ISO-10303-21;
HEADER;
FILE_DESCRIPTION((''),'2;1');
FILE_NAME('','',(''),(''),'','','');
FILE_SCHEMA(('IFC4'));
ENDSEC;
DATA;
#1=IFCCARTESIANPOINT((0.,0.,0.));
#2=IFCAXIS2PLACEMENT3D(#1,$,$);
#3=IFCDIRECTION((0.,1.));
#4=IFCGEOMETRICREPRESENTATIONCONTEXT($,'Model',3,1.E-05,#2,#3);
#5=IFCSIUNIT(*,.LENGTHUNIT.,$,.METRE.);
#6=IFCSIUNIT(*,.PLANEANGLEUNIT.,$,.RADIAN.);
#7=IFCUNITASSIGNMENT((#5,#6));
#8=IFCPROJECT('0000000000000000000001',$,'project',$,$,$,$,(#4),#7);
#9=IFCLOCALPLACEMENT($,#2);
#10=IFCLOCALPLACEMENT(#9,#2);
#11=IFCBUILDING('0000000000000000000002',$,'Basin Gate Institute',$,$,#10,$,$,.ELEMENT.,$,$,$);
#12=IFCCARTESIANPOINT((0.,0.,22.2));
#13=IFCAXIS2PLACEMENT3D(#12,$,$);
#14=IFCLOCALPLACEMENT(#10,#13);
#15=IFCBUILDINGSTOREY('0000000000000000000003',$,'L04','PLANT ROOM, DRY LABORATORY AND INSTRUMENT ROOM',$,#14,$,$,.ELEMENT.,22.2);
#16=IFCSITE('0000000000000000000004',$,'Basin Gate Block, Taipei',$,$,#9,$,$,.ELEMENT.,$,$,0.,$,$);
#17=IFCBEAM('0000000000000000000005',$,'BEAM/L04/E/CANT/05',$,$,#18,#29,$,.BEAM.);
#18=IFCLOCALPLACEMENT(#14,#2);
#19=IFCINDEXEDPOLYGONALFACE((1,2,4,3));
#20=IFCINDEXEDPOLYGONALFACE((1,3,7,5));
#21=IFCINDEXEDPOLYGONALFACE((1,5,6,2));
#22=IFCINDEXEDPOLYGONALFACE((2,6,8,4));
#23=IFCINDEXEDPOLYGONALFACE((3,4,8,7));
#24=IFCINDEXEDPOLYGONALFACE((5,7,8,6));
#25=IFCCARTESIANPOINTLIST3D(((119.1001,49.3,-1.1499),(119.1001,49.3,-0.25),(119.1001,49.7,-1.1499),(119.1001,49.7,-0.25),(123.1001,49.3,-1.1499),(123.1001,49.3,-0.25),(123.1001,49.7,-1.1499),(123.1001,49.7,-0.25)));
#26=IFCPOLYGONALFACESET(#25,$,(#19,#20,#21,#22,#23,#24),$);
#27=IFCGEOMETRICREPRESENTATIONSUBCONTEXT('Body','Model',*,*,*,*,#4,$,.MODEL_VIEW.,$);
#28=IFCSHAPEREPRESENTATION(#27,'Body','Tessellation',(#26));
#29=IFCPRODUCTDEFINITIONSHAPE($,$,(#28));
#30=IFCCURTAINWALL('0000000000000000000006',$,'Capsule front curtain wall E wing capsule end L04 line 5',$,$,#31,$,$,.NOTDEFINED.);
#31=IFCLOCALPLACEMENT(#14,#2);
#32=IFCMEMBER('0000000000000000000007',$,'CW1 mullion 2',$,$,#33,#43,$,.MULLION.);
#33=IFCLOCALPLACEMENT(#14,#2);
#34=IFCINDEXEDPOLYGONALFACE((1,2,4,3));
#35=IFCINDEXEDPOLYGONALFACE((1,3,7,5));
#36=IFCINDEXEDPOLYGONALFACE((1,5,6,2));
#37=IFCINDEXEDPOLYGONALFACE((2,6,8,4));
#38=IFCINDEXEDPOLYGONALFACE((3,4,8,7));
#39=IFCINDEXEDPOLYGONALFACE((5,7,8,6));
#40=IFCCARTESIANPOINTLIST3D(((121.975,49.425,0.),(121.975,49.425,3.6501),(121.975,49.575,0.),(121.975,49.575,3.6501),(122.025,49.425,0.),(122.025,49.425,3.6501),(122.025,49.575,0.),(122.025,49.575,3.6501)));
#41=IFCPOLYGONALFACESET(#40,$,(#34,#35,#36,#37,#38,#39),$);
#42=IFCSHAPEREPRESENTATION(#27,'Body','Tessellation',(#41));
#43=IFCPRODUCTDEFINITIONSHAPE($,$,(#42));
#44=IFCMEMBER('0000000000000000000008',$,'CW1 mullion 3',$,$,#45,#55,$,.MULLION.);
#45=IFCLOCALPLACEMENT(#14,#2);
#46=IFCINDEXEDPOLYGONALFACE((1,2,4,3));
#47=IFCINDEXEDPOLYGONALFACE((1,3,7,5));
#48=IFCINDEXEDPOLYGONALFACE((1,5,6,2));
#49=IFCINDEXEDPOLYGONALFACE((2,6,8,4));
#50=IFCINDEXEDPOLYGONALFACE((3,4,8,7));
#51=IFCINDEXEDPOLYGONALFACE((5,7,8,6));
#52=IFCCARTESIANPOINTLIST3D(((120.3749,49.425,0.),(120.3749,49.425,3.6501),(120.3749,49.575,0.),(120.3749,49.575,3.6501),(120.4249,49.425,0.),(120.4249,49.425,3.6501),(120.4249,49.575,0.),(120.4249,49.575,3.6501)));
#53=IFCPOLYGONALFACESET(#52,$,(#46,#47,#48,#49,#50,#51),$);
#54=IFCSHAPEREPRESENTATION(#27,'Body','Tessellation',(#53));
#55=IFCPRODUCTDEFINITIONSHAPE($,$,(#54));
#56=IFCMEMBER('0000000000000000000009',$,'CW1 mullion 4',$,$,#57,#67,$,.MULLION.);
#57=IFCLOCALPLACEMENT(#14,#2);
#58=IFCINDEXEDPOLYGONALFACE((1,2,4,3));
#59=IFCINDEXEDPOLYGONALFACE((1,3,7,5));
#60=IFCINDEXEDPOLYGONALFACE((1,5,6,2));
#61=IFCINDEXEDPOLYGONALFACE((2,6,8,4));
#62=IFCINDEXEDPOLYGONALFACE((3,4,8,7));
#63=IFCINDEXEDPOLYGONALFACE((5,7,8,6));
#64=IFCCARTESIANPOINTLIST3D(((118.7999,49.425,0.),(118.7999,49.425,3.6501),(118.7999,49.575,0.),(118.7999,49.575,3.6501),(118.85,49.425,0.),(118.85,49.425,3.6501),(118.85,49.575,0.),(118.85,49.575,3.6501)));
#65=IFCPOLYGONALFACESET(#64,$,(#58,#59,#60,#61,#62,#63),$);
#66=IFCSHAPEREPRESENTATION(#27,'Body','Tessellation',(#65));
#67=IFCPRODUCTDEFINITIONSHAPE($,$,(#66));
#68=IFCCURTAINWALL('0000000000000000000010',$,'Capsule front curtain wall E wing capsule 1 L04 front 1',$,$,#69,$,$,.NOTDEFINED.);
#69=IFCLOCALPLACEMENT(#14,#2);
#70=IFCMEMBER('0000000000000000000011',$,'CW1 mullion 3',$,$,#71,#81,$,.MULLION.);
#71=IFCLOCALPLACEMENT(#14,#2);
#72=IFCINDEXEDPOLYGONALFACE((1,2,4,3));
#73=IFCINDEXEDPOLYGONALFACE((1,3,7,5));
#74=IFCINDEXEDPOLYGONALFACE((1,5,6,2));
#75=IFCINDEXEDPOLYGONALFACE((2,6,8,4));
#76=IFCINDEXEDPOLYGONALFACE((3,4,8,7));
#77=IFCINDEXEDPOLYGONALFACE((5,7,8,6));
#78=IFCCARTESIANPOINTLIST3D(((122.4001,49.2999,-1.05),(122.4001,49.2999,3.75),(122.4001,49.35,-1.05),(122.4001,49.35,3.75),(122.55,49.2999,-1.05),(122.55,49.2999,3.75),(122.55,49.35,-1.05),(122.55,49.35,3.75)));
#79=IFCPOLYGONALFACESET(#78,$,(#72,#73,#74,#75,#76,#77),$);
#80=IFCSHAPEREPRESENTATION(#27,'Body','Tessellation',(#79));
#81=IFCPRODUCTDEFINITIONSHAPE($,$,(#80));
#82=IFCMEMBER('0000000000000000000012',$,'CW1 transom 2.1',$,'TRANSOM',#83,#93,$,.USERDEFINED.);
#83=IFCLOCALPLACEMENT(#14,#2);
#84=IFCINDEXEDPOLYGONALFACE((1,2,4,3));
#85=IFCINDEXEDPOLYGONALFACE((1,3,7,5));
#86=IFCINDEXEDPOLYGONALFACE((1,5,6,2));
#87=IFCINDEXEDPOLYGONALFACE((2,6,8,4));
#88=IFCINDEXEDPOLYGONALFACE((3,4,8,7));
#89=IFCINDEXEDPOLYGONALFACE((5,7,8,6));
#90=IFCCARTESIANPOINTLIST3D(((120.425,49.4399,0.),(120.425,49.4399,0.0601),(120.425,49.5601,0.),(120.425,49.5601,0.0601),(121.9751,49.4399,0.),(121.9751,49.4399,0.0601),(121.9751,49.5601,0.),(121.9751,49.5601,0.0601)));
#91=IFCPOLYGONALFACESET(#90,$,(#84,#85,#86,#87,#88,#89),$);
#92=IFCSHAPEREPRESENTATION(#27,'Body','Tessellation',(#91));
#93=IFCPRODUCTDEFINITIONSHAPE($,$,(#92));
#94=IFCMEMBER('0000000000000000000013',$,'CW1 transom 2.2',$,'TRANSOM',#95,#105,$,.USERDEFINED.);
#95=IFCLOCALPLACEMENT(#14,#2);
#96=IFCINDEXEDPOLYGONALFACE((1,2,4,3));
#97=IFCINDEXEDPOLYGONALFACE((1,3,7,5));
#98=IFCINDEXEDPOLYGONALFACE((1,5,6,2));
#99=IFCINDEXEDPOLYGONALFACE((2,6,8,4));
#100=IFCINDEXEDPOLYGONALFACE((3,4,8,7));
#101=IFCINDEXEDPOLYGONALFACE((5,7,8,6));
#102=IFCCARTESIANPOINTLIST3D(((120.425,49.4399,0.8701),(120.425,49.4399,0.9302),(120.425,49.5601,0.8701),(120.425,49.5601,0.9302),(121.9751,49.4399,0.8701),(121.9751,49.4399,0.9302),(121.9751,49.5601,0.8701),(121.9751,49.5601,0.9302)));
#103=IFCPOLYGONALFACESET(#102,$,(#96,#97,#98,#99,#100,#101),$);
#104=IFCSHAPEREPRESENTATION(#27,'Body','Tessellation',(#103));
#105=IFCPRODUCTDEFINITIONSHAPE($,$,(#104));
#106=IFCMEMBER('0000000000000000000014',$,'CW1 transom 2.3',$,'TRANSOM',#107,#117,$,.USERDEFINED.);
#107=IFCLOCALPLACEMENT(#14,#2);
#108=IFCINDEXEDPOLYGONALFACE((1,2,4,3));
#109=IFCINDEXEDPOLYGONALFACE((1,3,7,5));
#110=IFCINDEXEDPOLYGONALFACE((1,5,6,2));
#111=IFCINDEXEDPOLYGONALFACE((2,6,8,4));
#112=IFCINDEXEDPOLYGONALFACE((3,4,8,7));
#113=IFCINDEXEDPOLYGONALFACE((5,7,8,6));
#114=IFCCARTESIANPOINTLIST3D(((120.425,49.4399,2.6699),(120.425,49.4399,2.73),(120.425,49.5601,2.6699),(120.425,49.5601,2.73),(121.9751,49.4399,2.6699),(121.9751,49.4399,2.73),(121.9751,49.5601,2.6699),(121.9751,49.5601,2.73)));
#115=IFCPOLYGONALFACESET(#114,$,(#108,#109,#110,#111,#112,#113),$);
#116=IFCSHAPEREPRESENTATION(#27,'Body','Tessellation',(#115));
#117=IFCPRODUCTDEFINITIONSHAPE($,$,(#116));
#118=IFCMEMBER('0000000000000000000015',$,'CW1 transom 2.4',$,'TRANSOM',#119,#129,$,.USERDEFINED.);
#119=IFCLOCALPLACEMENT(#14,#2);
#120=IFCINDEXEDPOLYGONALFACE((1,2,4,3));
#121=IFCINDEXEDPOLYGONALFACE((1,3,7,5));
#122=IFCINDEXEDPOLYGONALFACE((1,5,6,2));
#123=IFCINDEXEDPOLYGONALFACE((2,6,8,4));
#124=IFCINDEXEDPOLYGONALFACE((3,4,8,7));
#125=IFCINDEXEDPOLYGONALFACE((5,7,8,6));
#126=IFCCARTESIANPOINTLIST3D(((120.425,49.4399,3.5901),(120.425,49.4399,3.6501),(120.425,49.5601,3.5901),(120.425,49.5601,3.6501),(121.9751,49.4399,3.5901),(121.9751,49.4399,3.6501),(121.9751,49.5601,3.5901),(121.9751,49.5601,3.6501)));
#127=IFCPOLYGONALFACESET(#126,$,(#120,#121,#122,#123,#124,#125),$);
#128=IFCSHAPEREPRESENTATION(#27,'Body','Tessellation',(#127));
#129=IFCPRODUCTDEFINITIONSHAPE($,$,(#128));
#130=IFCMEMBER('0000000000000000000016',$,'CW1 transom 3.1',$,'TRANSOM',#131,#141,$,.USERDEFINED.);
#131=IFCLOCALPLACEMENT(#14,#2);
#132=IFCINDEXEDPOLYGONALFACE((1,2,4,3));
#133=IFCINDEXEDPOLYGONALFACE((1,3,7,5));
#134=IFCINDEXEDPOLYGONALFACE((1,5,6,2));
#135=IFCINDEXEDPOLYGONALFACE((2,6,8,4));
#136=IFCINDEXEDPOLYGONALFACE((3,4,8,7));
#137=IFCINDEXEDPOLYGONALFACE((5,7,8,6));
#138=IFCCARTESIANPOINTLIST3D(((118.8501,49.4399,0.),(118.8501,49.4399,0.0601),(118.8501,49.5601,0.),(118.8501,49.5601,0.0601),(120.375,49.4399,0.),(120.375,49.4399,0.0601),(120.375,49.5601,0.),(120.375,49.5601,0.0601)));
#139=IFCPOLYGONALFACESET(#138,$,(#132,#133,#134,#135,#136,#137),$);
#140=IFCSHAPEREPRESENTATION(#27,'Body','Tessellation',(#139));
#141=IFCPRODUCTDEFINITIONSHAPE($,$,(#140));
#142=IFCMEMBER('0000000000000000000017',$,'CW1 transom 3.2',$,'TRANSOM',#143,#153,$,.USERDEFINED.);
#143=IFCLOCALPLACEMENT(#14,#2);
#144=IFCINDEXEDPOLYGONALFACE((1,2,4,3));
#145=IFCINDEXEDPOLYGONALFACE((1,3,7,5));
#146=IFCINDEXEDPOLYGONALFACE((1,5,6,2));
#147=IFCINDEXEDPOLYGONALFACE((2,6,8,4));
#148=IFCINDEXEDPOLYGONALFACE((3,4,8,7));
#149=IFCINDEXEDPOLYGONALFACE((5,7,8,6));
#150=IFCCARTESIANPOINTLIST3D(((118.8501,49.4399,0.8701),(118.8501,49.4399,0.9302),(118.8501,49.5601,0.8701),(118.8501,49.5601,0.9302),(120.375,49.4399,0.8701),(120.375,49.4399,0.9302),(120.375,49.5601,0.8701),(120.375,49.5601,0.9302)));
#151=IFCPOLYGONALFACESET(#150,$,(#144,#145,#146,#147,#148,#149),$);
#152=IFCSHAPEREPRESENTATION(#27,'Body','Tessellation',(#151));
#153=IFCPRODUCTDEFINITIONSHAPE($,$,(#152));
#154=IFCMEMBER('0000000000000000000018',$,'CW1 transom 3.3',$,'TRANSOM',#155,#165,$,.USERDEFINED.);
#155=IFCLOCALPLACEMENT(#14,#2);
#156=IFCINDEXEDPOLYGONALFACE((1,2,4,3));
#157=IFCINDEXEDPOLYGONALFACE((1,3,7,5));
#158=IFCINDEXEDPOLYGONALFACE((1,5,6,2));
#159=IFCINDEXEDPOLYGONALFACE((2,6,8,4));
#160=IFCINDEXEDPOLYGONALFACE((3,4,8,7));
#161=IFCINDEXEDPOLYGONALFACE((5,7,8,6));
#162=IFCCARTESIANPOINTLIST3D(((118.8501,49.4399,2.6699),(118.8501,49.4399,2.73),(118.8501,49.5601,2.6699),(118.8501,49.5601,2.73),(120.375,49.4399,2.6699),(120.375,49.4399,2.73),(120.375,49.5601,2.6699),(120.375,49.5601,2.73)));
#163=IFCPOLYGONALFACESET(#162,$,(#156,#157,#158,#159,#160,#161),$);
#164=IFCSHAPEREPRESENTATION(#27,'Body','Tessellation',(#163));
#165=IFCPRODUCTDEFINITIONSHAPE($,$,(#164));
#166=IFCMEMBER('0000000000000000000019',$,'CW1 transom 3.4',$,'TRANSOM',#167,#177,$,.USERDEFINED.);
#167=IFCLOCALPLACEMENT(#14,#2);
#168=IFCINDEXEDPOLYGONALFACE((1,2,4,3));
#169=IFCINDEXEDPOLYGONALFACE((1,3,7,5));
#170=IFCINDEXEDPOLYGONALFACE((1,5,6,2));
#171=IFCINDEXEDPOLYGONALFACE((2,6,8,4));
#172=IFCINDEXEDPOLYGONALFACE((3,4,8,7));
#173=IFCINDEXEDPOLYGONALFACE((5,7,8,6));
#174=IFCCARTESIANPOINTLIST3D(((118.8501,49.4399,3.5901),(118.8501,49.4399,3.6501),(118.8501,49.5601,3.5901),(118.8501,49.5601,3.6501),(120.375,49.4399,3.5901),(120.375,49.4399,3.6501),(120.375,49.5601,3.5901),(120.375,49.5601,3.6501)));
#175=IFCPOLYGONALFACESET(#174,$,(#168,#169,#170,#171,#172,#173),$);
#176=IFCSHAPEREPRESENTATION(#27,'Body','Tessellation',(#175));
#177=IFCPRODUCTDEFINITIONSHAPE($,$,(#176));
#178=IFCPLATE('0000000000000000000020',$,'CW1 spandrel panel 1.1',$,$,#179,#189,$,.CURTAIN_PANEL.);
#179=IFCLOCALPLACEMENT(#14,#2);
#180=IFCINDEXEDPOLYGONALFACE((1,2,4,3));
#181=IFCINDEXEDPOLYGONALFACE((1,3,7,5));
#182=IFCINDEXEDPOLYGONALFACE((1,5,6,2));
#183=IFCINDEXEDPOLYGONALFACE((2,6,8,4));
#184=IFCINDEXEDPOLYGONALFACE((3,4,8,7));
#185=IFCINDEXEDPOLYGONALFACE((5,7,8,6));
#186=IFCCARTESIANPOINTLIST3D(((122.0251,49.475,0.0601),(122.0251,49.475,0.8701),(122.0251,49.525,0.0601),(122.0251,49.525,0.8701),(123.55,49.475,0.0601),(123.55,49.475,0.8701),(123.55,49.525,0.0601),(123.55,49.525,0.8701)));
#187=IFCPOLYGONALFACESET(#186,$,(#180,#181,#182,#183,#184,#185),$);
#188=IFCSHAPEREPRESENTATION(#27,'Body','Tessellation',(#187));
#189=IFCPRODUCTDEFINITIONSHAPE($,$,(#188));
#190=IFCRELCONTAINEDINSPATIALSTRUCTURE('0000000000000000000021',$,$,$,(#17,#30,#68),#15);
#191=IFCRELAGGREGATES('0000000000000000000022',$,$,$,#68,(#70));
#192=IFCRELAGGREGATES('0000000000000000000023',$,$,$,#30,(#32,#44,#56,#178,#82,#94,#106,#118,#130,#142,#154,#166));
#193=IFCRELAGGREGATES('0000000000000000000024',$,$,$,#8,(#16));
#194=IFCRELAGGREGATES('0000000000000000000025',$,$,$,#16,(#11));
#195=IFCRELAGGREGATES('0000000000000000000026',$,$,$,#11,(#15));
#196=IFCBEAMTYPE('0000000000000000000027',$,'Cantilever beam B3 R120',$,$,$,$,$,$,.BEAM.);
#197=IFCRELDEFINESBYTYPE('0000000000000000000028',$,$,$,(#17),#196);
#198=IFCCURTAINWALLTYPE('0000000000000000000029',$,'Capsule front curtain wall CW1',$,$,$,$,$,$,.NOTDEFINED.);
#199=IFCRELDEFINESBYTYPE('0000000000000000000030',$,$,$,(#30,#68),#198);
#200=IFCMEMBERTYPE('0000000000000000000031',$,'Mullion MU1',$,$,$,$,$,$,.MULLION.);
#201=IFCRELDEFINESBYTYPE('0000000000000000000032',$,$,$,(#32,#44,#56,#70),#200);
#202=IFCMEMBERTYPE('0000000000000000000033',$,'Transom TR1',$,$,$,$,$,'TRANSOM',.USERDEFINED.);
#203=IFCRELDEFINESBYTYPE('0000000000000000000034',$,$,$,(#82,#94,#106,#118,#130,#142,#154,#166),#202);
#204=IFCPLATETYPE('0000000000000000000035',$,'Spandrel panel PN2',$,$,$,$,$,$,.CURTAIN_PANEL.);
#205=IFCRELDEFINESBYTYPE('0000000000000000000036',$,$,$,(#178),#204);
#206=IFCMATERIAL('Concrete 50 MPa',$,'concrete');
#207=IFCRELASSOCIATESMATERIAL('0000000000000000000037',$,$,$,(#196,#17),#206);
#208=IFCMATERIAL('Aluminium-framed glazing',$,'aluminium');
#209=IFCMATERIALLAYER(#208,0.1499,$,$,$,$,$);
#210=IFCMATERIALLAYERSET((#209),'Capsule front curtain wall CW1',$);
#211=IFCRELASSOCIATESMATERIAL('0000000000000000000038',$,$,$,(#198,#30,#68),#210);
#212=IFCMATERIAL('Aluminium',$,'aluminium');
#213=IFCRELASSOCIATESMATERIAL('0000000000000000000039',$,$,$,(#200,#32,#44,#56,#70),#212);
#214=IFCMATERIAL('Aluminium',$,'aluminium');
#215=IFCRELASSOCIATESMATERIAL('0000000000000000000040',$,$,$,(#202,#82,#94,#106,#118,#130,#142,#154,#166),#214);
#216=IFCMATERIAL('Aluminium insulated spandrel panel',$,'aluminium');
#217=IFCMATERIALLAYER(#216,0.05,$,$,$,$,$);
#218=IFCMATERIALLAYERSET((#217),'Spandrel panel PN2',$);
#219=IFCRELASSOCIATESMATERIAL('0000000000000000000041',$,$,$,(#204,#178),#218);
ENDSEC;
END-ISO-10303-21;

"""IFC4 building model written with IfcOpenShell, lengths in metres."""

from ifc_helpers import new_model, si_unit, direction, frame, origin, origin_2d, place, context, subcontext, project, spatial, rectangle, extrude, material, layer, layer_set, material_profile, profile_set, type_object, element, aggregate, save


model = new_model("IFC4")

# Units and contexts
model_context = context("Model", 3, precision=1e-05, world=origin(), true_north=direction((0.0, 1.0)))
body_context = subcontext(model_context, "Body", "Model", "MODEL_VIEW")
ifc_project = project(units=[si_unit("LENGTHUNIT", "METRE"), si_unit("PLANEANGLEUNIT", "RADIAN")], contexts=[model_context])

# Site, building, storey
site_placement = place(None, origin())
site = spatial("IfcSite", under=ifc_project, at=site_placement, Name="Basin Gate Block, Taipei", CompositionType="ELEMENT", RefElevation=0.0)
building_placement = place(site_placement, origin())
building = spatial("IfcBuilding", under=site, at=building_placement, Name="Basin Gate Institute", CompositionType="ELEMENT")
storey_placement = place(building_placement, frame((0.0, 0.0, 22.2)))
storey = spatial("IfcBuildingStorey", under=building, at=storey_placement, Name="L04", Description="PLANT ROOM, DRY LABORATORY AND INSTRUMENT ROOM", CompositionType="ELEMENT", Elevation=22.2)

# Beam
ifc_material_1 = material(Name="Concrete 50 MPa", Category="concrete")
ifc_material_profile_1 = material_profile(ifc_material_1, rectangle(XDim=0.3999, YDim=0.8999, at=origin_2d()), Name="Cantilever beam B3 400 x 900")
ifc_profile_set_1 = profile_set([ifc_material_profile_1], Name="Concrete 50 MPa")
beam_type = type_object("IfcBeamType", Name="Cantilever beam B3 R120", PredefinedType="BEAM", material=ifc_profile_set_1)
beam_placement = place(storey_placement, frame((123.1001, 49.5, -0.7), z_axis=(-1.0, 0.0, 0.0), x_axis=(0.0, -1.0, 0.0)))
element("IfcBeam", 1, at=beam_placement, inside=storey, type_object=beam_type, material=ifc_profile_set_1, Name="BEAM/L04/E/CANT/05", PredefinedType="BEAM", context=body_context, shape_type="SweptSolid", body=[
    extrude(rectangle(XDim=0.3999, YDim=0.8999, at=origin_2d()), origin(), (0.0, 0.0, 1.0), 4.0),
])

# Curtain wall, members
ifc_material_2 = material(Name="Aluminium-framed glazing", Category="aluminium")
ifc_layer_1 = layer(ifc_material_2, 0.1499)
ifc_layer_set_1 = layer_set([ifc_layer_1], Name="Capsule front curtain wall CW1")
curtain_wall_type = type_object("IfcCurtainWallType", Name="Capsule front curtain wall CW1", PredefinedType="NOTDEFINED", material=ifc_layer_set_1)
curtain_wall_1_placement = place(storey_placement, origin())
curtain_wall_1 = element("IfcCurtainWall", 2, at=curtain_wall_1_placement, inside=storey, type_object=curtain_wall_type, material=ifc_layer_set_1, Name="Capsule front curtain wall E wing capsule end L04 line 5", PredefinedType="NOTDEFINED")
ifc_material_3 = material(Name="Aluminium", Category="aluminium")
ifc_material_profile_2 = material_profile(ifc_material_3, rectangle(XDim=0.1499, YDim=0.05, at=origin_2d()), Name="Mullion MU1 150 x 50")
ifc_profile_set_2 = profile_set([ifc_material_profile_2], Name="Aluminium")
member_type_1 = type_object("IfcMemberType", Name="Mullion MU1", PredefinedType="MULLION", material=ifc_profile_set_2)
member_1_placement = place(storey_placement, frame((122.0, 49.5, 0.0), z_axis=(0.0, 0.0, 1.0), x_axis=(0.0, -1.0, 0.0)))
member_1 = element("IfcMember", 3, at=member_1_placement, type_object=member_type_1, material=ifc_profile_set_2, Name="CW1 mullion 2", PredefinedType="MULLION", context=body_context, shape_type="SweptSolid", body=[
    extrude(rectangle(XDim=0.1499, YDim=0.05, at=origin_2d()), origin(), (0.0, 0.0, 1.0), 3.6501),
])
member_2_placement = place(storey_placement, frame((120.3999, 49.5, 0.0), z_axis=(0.0, 0.0, 1.0), x_axis=(0.0, -1.0, 0.0)))
member_2 = element("IfcMember", 4, at=member_2_placement, type_object=member_type_1, material=ifc_profile_set_2, Name="CW1 mullion 3", PredefinedType="MULLION", context=body_context, shape_type="SweptSolid", body=[
    extrude(rectangle(XDim=0.1499, YDim=0.05, at=origin_2d()), origin(), (0.0, 0.0, 1.0), 3.6501),
])
member_3_placement = place(storey_placement, frame((118.825, 49.5, 0.0), z_axis=(0.0, 0.0, 1.0), x_axis=(0.0, -1.0, 0.0)))
member_3 = element("IfcMember", 5, at=member_3_placement, type_object=member_type_1, material=ifc_profile_set_2, Name="CW1 mullion 4", PredefinedType="MULLION", context=body_context, shape_type="SweptSolid", body=[
    extrude(rectangle(XDim=0.1499, YDim=0.05, at=origin_2d()), origin(), (0.0, 0.0, 1.0), 3.6501),
])

# Curtain wall, member
curtain_wall_2_placement = place(storey_placement, origin())
curtain_wall_2 = element("IfcCurtainWall", 6, at=curtain_wall_2_placement, inside=storey, type_object=curtain_wall_type, material=ifc_layer_set_1, Name="Capsule front curtain wall E wing capsule 1 L04 front 1", PredefinedType="NOTDEFINED")
member_4_placement = place(storey_placement, frame((122.4751, 49.325, -1.05), z_axis=(0.0, 0.0, 1.0), x_axis=(-1.0, 0.0, 0.0)))
member_4 = element("IfcMember", 7, at=member_4_placement, type_object=member_type_1, material=ifc_profile_set_2, Name="CW1 mullion 3", PredefinedType="MULLION", context=body_context, shape_type="SweptSolid", body=[
    extrude(rectangle(XDim=0.1499, YDim=0.05, at=origin_2d()), origin(), (0.0, 0.0, 1.0), 4.8),
])
aggregate(curtain_wall_2, [member_4])

# Members
ifc_material_4 = material(Name="Aluminium", Category="aluminium")
ifc_material_profile_3 = material_profile(ifc_material_4, rectangle(XDim=0.1201, YDim=0.0601, at=origin_2d()), Name="Transom TR1 120 x 60")
ifc_profile_set_3 = profile_set([ifc_material_profile_3], Name="Aluminium")
member_type_2 = type_object("IfcMemberType", Name="Transom TR1", ElementType="TRANSOM", PredefinedType="USERDEFINED", material=ifc_profile_set_3)
member_5_placement = place(storey_placement, frame((121.9751, 49.5, 0.03), z_axis=(-1.0, 0.0, 0.0), x_axis=(0.0, -1.0, 0.0)))
member_5 = element("IfcMember", 8, at=member_5_placement, type_object=member_type_2, material=ifc_profile_set_3, Name="CW1 transom 2.1", ObjectType="TRANSOM", PredefinedType="USERDEFINED", context=body_context, shape_type="SweptSolid", body=[
    extrude(rectangle(XDim=0.1201, YDim=0.0601, at=origin_2d()), origin(), (0.0, 0.0, 1.0), 1.55),
])
member_6_placement = place(storey_placement, frame((121.9751, 49.5, 0.9001), z_axis=(-1.0, 0.0, 0.0), x_axis=(0.0, -1.0, 0.0)))
member_6 = element("IfcMember", 9, at=member_6_placement, type_object=member_type_2, material=ifc_profile_set_3, Name="CW1 transom 2.2", ObjectType="TRANSOM", PredefinedType="USERDEFINED", context=body_context, shape_type="SweptSolid", body=[
    extrude(rectangle(XDim=0.1201, YDim=0.0601, at=origin_2d()), origin(), (0.0, 0.0, 1.0), 1.55),
])
member_7_placement = place(storey_placement, frame((121.9751, 49.5, 2.7), z_axis=(-1.0, 0.0, 0.0), x_axis=(0.0, -1.0, 0.0)))
member_7 = element("IfcMember", 10, at=member_7_placement, type_object=member_type_2, material=ifc_profile_set_3, Name="CW1 transom 2.3", ObjectType="TRANSOM", PredefinedType="USERDEFINED", context=body_context, shape_type="SweptSolid", body=[
    extrude(rectangle(XDim=0.1201, YDim=0.0601, at=origin_2d()), origin(), (0.0, 0.0, 1.0), 1.55),
])
member_8_placement = place(storey_placement, frame((121.9751, 49.5, 3.6201), z_axis=(-1.0, 0.0, 0.0), x_axis=(0.0, -1.0, 0.0)))
member_8 = element("IfcMember", 11, at=member_8_placement, type_object=member_type_2, material=ifc_profile_set_3, Name="CW1 transom 2.4", ObjectType="TRANSOM", PredefinedType="USERDEFINED", context=body_context, shape_type="SweptSolid", body=[
    extrude(rectangle(XDim=0.1201, YDim=0.0601, at=origin_2d()), origin(), (0.0, 0.0, 1.0), 1.55),
])
member_9_placement = place(storey_placement, frame((120.375, 49.5, 0.03), z_axis=(-1.0, 0.0, 0.0), x_axis=(0.0, -1.0, 0.0)))
member_9 = element("IfcMember", 12, at=member_9_placement, type_object=member_type_2, material=ifc_profile_set_3, Name="CW1 transom 3.1", ObjectType="TRANSOM", PredefinedType="USERDEFINED", context=body_context, shape_type="SweptSolid", body=[
    extrude(rectangle(XDim=0.1201, YDim=0.0601, at=origin_2d()), origin(), (0.0, 0.0, 1.0), 1.5249),
])
member_10_placement = place(storey_placement, frame((120.375, 49.5, 0.9001), z_axis=(-1.0, 0.0, 0.0), x_axis=(0.0, -1.0, 0.0)))
member_10 = element("IfcMember", 13, at=member_10_placement, type_object=member_type_2, material=ifc_profile_set_3, Name="CW1 transom 3.2", ObjectType="TRANSOM", PredefinedType="USERDEFINED", context=body_context, shape_type="SweptSolid", body=[
    extrude(rectangle(XDim=0.1201, YDim=0.0601, at=origin_2d()), origin(), (0.0, 0.0, 1.0), 1.5249),
])
member_11_placement = place(storey_placement, frame((120.375, 49.5, 2.7), z_axis=(-1.0, 0.0, 0.0), x_axis=(0.0, -1.0, 0.0)))
member_11 = element("IfcMember", 14, at=member_11_placement, type_object=member_type_2, material=ifc_profile_set_3, Name="CW1 transom 3.3", ObjectType="TRANSOM", PredefinedType="USERDEFINED", context=body_context, shape_type="SweptSolid", body=[
    extrude(rectangle(XDim=0.1201, YDim=0.0601, at=origin_2d()), origin(), (0.0, 0.0, 1.0), 1.5249),
])
member_12_placement = place(storey_placement, frame((120.375, 49.5, 3.6201), z_axis=(-1.0, 0.0, 0.0), x_axis=(0.0, -1.0, 0.0)))
member_12 = element("IfcMember", 15, at=member_12_placement, type_object=member_type_2, material=ifc_profile_set_3, Name="CW1 transom 3.4", ObjectType="TRANSOM", PredefinedType="USERDEFINED", context=body_context, shape_type="SweptSolid", body=[
    extrude(rectangle(XDim=0.1201, YDim=0.0601, at=origin_2d()), origin(), (0.0, 0.0, 1.0), 1.5249),
])

# Plate
ifc_material_5 = material(Name="Aluminium insulated spandrel panel", Category="aluminium")
ifc_layer_2 = layer(ifc_material_5, 0.05)
ifc_layer_set_2 = layer_set([ifc_layer_2], Name="Spandrel panel PN2")
plate_type_1 = type_object("IfcPlateType", Name="Spandrel panel PN2", PredefinedType="CURTAIN_PANEL", material=ifc_layer_set_2)
plate_1_placement = place(storey_placement, frame((122.7876, 49.5, 0.0601), z_axis=(0.0, 0.0, 1.0), x_axis=(-1.0, 0.0, 0.0)))
plate_1 = element("IfcPlate", 16, at=plate_1_placement, type_object=plate_type_1, material=ifc_layer_set_2, Name="CW1 spandrel panel 1.1", PredefinedType="CURTAIN_PANEL", context=body_context, shape_type="SweptSolid", body=[
    extrude(rectangle(XDim=1.5249, YDim=0.05, at=origin_2d()), origin(), (0.0, 0.0, 1.0), 0.8101),
])
aggregate(curtain_wall_1, [member_1, member_2, member_3, plate_1, member_5, member_6, member_7, member_8, member_9, member_10, member_11, member_12])

save(model, "model.ifc")
